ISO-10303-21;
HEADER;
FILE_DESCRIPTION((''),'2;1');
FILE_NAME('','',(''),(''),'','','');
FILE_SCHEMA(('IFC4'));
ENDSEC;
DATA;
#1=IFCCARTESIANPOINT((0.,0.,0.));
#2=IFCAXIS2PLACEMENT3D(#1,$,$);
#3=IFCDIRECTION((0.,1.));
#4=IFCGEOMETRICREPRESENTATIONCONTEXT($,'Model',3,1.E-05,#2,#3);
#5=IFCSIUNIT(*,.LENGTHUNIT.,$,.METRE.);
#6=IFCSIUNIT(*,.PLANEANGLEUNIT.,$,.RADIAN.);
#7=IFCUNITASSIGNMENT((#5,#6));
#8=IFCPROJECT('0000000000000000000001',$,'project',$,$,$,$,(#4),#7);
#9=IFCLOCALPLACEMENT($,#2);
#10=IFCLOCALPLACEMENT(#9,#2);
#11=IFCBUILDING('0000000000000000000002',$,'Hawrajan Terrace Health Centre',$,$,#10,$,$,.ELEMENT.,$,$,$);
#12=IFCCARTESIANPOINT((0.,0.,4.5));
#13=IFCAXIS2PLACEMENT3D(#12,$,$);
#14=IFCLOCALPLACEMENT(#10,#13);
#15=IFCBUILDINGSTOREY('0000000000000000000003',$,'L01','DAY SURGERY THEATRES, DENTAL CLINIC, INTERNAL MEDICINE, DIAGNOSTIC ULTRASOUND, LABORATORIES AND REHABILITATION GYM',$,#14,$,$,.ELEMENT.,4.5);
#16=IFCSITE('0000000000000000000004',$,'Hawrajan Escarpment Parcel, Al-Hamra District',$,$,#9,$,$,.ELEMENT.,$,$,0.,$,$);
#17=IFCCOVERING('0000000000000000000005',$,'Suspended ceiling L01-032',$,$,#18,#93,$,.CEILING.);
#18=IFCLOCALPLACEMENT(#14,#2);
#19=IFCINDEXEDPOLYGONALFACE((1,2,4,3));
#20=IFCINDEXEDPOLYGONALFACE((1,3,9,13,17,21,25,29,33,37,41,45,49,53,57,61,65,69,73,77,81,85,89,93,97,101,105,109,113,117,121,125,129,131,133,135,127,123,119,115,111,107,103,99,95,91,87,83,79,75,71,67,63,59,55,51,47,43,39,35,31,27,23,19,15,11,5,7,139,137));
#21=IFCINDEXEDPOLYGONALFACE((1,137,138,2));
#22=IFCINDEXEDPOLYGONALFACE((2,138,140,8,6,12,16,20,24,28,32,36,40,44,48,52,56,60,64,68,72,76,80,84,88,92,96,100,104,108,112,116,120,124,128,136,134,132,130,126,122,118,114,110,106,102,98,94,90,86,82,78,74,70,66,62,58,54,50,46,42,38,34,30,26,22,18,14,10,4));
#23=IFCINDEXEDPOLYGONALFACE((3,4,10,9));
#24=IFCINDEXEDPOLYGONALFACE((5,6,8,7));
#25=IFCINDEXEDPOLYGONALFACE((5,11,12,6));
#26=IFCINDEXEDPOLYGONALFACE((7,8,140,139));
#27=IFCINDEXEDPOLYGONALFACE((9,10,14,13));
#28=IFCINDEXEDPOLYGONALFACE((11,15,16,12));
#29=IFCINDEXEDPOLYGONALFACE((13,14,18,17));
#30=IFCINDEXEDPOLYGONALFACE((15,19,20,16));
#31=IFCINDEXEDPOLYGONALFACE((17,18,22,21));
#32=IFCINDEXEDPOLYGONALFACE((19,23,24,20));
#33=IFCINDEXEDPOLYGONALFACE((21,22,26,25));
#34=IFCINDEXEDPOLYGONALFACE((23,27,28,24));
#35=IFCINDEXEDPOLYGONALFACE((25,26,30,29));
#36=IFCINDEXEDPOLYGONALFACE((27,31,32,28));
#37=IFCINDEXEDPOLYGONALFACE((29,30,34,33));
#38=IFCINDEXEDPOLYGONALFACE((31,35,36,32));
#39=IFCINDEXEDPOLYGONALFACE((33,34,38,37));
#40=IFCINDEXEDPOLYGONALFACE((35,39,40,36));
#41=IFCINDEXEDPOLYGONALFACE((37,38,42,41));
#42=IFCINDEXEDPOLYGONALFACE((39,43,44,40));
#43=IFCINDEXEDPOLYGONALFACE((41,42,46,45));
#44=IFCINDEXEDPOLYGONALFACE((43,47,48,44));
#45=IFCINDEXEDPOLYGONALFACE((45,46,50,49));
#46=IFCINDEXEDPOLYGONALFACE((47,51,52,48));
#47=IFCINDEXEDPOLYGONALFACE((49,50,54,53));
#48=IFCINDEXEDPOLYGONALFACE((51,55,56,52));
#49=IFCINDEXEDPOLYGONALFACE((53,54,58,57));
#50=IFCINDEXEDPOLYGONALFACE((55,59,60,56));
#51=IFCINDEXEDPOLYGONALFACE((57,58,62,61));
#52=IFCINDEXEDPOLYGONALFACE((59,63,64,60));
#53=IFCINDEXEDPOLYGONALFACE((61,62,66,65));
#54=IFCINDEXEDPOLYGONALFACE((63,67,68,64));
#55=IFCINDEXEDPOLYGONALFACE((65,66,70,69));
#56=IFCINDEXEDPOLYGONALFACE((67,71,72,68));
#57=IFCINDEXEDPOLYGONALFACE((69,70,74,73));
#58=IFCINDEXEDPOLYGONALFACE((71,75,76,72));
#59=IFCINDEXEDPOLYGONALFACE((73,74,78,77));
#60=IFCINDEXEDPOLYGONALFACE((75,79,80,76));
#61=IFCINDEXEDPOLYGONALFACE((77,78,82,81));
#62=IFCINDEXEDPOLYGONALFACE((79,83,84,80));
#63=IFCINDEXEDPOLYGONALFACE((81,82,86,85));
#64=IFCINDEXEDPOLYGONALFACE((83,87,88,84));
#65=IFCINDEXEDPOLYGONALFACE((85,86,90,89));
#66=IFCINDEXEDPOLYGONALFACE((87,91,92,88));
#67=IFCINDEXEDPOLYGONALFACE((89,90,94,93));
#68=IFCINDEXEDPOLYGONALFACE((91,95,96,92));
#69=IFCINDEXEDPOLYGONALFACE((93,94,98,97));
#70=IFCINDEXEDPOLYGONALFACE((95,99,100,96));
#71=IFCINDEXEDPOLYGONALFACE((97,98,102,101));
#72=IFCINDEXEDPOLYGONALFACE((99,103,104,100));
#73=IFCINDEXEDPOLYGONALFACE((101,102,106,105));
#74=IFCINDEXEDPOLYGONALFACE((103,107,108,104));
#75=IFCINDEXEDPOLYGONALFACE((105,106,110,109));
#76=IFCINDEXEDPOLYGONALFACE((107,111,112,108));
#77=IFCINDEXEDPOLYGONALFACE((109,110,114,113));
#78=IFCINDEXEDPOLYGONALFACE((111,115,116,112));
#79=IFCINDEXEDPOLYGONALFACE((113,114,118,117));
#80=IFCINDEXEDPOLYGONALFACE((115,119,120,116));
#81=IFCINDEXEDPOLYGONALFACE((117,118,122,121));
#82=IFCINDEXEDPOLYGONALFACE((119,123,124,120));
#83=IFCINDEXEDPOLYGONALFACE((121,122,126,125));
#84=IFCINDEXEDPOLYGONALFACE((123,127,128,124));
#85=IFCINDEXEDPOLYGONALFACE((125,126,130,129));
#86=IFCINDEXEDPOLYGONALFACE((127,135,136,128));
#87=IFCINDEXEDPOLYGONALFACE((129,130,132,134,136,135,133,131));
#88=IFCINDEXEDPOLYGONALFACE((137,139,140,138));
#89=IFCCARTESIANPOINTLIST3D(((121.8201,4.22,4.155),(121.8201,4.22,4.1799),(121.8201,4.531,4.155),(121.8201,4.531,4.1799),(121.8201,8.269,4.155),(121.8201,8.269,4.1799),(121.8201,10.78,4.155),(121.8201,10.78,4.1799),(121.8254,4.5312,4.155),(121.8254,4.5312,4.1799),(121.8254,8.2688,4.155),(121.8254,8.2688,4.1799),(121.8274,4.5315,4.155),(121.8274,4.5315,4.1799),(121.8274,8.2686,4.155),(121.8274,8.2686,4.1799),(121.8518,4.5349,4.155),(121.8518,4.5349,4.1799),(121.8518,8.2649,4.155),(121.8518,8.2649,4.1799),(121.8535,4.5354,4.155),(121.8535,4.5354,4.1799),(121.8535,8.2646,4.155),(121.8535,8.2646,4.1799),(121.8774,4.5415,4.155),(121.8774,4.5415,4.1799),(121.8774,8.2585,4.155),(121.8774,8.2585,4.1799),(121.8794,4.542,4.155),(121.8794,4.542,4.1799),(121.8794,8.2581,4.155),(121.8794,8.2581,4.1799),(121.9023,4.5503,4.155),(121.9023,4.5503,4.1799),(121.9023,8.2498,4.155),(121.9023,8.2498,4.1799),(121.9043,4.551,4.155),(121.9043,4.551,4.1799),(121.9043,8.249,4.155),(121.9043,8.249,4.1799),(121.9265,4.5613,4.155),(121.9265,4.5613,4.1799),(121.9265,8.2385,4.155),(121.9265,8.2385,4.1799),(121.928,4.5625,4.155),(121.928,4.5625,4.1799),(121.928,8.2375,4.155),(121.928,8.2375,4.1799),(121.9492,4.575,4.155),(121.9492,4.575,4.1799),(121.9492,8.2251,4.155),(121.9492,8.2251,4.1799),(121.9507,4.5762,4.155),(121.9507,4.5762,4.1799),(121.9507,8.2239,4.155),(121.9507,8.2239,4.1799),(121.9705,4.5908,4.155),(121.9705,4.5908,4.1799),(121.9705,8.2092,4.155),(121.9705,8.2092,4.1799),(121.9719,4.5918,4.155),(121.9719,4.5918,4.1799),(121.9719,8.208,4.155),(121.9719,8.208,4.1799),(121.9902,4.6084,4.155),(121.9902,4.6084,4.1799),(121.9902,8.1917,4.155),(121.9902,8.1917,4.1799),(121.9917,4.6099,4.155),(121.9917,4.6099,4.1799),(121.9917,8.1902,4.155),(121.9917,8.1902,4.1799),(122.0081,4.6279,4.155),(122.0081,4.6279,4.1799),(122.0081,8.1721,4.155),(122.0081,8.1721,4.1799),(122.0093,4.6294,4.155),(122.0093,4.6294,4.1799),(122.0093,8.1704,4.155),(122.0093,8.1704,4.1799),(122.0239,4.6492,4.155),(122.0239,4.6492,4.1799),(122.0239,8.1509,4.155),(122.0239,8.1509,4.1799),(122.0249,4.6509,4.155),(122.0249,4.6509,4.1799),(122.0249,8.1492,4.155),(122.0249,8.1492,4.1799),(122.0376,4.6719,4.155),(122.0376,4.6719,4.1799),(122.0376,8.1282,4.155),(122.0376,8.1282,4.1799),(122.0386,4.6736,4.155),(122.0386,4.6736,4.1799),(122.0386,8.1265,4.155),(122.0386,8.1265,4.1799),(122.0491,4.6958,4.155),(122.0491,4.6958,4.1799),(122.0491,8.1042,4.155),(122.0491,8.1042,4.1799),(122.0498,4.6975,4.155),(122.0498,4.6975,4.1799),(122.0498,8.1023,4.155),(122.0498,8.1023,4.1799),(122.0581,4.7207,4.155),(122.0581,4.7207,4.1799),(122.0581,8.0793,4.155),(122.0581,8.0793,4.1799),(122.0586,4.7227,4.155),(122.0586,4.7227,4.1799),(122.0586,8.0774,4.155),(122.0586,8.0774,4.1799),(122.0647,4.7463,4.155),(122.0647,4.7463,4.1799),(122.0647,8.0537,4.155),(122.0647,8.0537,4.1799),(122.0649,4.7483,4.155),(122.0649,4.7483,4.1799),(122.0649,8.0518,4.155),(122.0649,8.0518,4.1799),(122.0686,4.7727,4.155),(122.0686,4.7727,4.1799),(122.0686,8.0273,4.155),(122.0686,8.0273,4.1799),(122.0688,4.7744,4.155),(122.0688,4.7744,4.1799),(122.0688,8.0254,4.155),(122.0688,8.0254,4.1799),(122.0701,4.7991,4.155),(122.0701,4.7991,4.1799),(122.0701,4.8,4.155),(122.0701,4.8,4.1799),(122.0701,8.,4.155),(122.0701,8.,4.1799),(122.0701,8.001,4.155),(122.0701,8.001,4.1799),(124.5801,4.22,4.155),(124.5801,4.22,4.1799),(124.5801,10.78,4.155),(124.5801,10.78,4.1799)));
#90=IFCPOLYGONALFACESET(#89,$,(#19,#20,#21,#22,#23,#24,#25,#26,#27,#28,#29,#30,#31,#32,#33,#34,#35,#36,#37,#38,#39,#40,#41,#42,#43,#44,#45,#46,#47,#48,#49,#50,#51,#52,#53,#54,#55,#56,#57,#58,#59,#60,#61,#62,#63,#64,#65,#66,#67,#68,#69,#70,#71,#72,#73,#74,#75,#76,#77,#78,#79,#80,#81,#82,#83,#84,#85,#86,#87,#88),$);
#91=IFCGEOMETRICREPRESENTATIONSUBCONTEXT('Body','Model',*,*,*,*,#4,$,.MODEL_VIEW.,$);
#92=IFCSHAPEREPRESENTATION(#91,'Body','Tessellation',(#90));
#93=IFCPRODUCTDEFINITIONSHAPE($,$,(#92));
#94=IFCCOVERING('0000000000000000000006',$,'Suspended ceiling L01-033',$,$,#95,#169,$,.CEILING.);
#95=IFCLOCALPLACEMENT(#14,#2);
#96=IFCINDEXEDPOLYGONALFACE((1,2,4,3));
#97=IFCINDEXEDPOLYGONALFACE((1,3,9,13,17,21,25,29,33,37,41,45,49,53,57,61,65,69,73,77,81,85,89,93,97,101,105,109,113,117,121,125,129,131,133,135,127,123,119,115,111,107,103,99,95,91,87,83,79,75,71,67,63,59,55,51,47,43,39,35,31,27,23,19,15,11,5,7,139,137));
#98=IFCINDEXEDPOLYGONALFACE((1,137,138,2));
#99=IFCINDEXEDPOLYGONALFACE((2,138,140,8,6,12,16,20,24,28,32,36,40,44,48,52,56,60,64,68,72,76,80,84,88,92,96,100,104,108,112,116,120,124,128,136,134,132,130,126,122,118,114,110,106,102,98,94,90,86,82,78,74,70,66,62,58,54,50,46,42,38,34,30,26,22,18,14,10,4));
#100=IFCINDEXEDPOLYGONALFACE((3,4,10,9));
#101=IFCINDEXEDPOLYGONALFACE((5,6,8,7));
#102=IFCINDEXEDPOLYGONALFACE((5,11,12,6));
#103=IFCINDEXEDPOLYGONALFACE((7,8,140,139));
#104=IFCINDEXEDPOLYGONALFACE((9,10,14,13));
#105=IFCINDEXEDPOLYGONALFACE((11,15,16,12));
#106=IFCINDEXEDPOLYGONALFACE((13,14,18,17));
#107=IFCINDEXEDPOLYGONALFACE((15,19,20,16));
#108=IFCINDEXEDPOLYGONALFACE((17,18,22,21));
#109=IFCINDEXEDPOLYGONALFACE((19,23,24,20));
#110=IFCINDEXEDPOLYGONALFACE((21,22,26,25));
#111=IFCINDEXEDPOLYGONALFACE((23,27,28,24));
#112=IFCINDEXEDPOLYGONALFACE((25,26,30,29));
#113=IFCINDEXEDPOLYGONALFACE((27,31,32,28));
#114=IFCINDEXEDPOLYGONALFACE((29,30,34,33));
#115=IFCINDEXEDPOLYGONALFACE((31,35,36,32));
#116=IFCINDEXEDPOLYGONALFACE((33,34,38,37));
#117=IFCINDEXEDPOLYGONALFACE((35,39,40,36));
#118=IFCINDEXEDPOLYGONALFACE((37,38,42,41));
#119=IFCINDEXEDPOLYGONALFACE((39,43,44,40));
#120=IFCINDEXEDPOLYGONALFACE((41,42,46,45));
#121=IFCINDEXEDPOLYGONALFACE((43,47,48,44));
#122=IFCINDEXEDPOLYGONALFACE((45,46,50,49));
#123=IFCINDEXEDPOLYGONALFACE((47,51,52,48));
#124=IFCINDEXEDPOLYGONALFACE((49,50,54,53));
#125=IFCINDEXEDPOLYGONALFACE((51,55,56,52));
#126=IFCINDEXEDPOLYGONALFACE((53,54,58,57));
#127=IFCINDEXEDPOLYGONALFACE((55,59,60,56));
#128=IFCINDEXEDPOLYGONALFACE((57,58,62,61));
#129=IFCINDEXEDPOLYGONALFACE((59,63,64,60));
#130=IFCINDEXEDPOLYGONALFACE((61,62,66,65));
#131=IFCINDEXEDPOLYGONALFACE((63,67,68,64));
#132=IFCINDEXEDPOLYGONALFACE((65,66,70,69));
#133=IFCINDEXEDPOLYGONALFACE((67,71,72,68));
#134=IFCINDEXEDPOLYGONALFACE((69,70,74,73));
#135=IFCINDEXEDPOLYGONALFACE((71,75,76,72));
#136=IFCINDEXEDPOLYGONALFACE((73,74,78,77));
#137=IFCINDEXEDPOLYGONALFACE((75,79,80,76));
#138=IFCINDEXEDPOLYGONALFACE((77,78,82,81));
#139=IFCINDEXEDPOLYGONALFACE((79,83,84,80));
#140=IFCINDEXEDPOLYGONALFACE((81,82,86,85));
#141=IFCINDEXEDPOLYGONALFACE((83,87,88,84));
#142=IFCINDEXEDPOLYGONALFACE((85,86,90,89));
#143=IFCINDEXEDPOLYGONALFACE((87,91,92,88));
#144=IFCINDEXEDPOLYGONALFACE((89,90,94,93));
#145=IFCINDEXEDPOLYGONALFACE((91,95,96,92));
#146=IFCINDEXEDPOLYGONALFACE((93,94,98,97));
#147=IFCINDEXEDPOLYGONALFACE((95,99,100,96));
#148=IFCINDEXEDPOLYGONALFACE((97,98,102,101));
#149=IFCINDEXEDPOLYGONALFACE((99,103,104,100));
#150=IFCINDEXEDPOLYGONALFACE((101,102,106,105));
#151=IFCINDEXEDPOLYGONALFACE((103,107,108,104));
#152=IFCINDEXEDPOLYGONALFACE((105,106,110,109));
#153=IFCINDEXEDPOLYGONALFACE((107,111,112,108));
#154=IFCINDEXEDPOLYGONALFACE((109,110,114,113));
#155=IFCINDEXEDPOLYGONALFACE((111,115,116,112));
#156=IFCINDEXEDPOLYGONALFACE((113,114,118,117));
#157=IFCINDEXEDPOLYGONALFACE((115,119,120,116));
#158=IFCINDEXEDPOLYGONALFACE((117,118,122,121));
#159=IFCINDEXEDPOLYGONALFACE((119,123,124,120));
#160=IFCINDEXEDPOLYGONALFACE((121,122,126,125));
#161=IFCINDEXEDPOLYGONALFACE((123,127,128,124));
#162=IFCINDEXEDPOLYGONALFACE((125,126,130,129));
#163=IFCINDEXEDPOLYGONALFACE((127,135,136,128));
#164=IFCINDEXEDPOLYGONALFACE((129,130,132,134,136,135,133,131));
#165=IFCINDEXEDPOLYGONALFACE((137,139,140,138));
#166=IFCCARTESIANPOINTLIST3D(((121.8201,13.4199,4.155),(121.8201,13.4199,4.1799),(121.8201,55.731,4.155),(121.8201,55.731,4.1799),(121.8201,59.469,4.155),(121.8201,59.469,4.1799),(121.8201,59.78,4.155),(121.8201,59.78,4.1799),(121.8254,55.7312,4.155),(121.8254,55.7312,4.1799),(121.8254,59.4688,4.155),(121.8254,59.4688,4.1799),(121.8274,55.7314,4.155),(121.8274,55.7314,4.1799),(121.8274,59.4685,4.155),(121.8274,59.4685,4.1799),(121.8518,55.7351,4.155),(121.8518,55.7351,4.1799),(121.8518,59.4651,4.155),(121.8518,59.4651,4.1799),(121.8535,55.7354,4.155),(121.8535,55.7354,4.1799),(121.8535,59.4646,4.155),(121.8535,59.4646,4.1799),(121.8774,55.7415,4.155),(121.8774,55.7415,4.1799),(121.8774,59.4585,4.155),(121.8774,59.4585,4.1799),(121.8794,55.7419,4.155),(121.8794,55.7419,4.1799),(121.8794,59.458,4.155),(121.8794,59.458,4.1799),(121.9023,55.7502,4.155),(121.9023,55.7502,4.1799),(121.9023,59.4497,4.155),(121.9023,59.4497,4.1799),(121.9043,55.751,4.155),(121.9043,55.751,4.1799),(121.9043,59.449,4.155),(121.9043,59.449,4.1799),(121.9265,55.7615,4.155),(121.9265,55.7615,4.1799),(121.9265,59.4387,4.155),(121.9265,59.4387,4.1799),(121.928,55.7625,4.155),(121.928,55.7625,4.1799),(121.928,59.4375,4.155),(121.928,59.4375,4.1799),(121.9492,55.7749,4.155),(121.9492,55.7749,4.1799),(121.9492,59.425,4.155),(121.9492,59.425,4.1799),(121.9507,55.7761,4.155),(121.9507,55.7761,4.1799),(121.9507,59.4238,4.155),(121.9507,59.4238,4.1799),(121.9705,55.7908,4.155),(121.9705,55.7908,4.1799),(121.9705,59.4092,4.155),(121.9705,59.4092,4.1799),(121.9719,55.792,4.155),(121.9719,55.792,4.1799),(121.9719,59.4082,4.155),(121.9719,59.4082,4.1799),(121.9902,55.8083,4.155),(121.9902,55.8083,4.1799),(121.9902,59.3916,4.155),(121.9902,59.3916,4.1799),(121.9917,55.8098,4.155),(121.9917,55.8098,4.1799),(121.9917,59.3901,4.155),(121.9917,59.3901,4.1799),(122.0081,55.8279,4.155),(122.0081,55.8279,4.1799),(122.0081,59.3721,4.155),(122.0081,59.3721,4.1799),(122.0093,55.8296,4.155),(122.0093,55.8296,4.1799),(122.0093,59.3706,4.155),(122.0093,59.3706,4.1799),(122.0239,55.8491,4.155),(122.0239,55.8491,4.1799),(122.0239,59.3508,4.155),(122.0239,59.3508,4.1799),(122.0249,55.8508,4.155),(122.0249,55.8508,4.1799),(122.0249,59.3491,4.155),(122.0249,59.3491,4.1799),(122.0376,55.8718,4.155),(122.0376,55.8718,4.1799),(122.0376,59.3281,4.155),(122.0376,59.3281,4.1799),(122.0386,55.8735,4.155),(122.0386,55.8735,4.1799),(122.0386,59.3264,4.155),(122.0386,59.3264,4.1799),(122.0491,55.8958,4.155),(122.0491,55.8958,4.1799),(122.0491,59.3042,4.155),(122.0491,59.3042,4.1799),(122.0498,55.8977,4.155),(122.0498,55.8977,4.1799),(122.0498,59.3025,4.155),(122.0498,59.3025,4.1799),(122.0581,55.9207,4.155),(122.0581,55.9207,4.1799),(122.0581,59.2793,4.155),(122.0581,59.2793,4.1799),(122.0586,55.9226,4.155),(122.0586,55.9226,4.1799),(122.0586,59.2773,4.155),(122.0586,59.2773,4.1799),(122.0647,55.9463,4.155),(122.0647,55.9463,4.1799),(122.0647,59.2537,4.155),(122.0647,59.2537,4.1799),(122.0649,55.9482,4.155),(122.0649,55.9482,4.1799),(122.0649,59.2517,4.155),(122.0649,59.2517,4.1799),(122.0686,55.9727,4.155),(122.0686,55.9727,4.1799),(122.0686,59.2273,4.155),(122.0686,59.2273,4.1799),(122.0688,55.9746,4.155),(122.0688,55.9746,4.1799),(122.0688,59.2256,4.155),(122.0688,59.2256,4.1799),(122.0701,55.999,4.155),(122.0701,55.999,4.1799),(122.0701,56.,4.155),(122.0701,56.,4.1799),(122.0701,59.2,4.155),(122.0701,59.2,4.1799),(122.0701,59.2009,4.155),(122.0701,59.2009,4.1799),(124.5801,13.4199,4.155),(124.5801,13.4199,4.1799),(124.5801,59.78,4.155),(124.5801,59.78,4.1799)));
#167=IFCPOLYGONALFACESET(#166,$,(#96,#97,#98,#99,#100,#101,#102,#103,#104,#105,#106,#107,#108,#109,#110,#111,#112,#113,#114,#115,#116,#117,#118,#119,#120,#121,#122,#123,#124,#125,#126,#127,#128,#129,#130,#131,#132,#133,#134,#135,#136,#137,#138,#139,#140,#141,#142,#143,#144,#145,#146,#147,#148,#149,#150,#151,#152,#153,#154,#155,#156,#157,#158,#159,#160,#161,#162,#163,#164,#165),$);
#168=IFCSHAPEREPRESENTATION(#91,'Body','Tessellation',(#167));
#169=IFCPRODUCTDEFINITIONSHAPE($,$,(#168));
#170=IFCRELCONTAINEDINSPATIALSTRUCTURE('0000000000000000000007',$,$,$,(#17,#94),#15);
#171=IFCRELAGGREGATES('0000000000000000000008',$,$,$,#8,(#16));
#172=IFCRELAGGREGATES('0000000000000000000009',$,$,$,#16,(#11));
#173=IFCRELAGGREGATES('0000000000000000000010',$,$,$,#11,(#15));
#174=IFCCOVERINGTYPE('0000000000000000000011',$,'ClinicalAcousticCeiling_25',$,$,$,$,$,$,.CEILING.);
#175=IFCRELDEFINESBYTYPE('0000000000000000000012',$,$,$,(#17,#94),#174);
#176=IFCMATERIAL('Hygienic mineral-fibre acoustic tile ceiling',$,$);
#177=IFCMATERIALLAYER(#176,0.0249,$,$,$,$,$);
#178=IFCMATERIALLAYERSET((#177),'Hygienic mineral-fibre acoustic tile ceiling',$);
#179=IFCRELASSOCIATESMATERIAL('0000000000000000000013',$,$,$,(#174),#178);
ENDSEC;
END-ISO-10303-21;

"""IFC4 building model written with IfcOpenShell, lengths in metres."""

from ifc_helpers import new_model, si_unit, direction, frame, origin, place, context, subcontext, project, spatial, polyline, outline, extrude, material, layer, layer_set, type_object, element, save


model = new_model("IFC4")

# Units and contexts
model_context = context("Model", 3, precision=1e-05, world=origin(), true_north=direction((0.0, 1.0)))
body_context = subcontext(model_context, "Body", "Model", "MODEL_VIEW")
ifc_project = project(units=[si_unit("LENGTHUNIT", "METRE"), si_unit("PLANEANGLEUNIT", "RADIAN")], contexts=[model_context])

# Site, building, storey
site_placement = place(None, origin())
site = spatial("IfcSite", under=ifc_project, at=site_placement, Name="Hawrajan Escarpment Parcel, Al-Hamra District", CompositionType="ELEMENT", RefElevation=0.0)
building_placement = place(site_placement, origin())
building = spatial("IfcBuilding", under=site, at=building_placement, Name="Hawrajan Terrace Health Centre", CompositionType="ELEMENT")
storey_placement = place(building_placement, frame((0.0, 0.0, 4.5)))
storey = spatial("IfcBuildingStorey", under=building, at=storey_placement, Name="L01", Description="DAY SURGERY THEATRES, DENTAL CLINIC, INTERNAL MEDICINE, DIAGNOSTIC ULTRASOUND, LABORATORIES AND REHABILITATION GYM", CompositionType="ELEMENT", Elevation=4.5)

# Coverings
ifc_material = material(Name="Hygienic mineral-fibre acoustic tile ceiling")
ifc_layer = layer(ifc_material, 0.0249)
ifc_layer_set = layer_set([ifc_layer], Name="Hygienic mineral-fibre acoustic tile ceiling")
covering_type = type_object("IfcCoveringType", Name="ClinicalAcousticCeiling_25", PredefinedType="CEILING", material=ifc_layer_set)
covering_1_placement = place(storey_placement, frame((0.0, 0.0, 4.155)))
element("IfcCovering", 1, at=covering_1_placement, inside=storey, type_object=covering_type, Name="Suspended ceiling L01-032", PredefinedType="CEILING", context=body_context, shape_type="SweptSolid", body=[
    extrude(outline(polyline([(121.8201, 10.78), (124.5801, 10.78), (124.5801, 4.22), (121.8201, 4.22), (121.8201, 4.531), (121.8254, 4.5312), (121.8274, 4.5315), (121.8518, 4.5349), (121.8535, 4.5354), (121.8774, 4.5415), (121.8794, 4.542), (121.9023, 4.5503), (121.9043, 4.551), (121.9265, 4.5613), (121.928, 4.5625), (121.9492, 4.575), (121.9507, 4.5762), (121.9705, 4.5908), (121.9719, 4.5918), (121.9902, 4.6084), (121.9917, 4.6099), (122.0081, 4.6279), (122.0093, 4.6294), (122.0239, 4.6492), (122.0249, 4.6509), (122.0376, 4.6719), (122.0386, 4.6736), (122.0491, 4.6958), (122.0498, 4.6975), (122.0581, 4.7207), (122.0586, 4.7227), (122.0647, 4.7463), (122.0649, 4.7483), (122.0686, 4.7727), (122.0688, 4.7744), (122.0701, 4.7991), (122.0701, 4.8), (122.0701, 8.0), (122.0701, 8.001), (122.0688, 8.0254), (122.0686, 8.0273), (122.0649, 8.0518), (122.0647, 8.0537), (122.0586, 8.0774), (122.0581, 8.0793), (122.0498, 8.1023), (122.0491, 8.1042), (122.0386, 8.1265), (122.0376, 8.1282), (122.0249, 8.1492), (122.0239, 8.1509), (122.0093, 8.1704), (122.0081, 8.1721), (121.9917, 8.1902), (121.9902, 8.1917), (121.9719, 8.208), (121.9705, 8.2092), (121.9507, 8.2239), (121.9492, 8.2251), (121.928, 8.2375), (121.9265, 8.2385), (121.9043, 8.249), (121.9023, 8.2498), (121.8794, 8.2581), (121.8774, 8.2585), (121.8535, 8.2646), (121.8518, 8.2649), (121.8274, 8.2686), (121.8254, 8.2688), (121.8201, 8.269), (121.8201, 10.78)])), origin(), (0.0, 0.0, 1.0), 0.0249),
])
covering_2_placement = place(storey_placement, frame((0.0, 0.0, 4.155)))
element("IfcCovering", 2, at=covering_2_placement, inside=storey, type_object=covering_type, Name="Suspended ceiling L01-033", PredefinedType="CEILING", context=body_context, shape_type="SweptSolid", body=[
    extrude(outline(polyline([(121.8201, 59.78), (124.5801, 59.78), (124.5801, 13.4199), (121.8201, 13.4199), (121.8201, 55.731), (121.8254, 55.7312), (121.8274, 55.7314), (121.8518, 55.7351), (121.8535, 55.7354), (121.8774, 55.7415), (121.8794, 55.7419), (121.9023, 55.7502), (121.9043, 55.751), (121.9265, 55.7615), (121.928, 55.7625), (121.9492, 55.7749), (121.9507, 55.7761), (121.9705, 55.7908), (121.9719, 55.792), (121.9902, 55.8083), (121.9917, 55.8098), (122.0081, 55.8279), (122.0093, 55.8296), (122.0239, 55.8491), (122.0249, 55.8508), (122.0376, 55.8718), (122.0386, 55.8735), (122.0491, 55.8958), (122.0498, 55.8977), (122.0581, 55.9207), (122.0586, 55.9226), (122.0647, 55.9463), (122.0649, 55.9482), (122.0686, 55.9727), (122.0688, 55.9746), (122.0701, 55.999), (122.0701, 56.0), (122.0701, 59.2), (122.0701, 59.2009), (122.0688, 59.2256), (122.0686, 59.2273), (122.0649, 59.2517), (122.0647, 59.2537), (122.0586, 59.2773), (122.0581, 59.2793), (122.0498, 59.3025), (122.0491, 59.3042), (122.0386, 59.3264), (122.0376, 59.3281), (122.0249, 59.3491), (122.0239, 59.3508), (122.0093, 59.3706), (122.0081, 59.3721), (121.9917, 59.3901), (121.9902, 59.3916), (121.9719, 59.4082), (121.9705, 59.4092), (121.9507, 59.4238), (121.9492, 59.425), (121.928, 59.4375), (121.9265, 59.4387), (121.9043, 59.449), (121.9023, 59.4497), (121.8794, 59.458), (121.8774, 59.4585), (121.8535, 59.4646), (121.8518, 59.4651), (121.8274, 59.4685), (121.8254, 59.4688), (121.8201, 59.469), (121.8201, 59.78)])), origin(), (0.0, 0.0, 1.0), 0.0249),
])

save(model, "model.ifc")
